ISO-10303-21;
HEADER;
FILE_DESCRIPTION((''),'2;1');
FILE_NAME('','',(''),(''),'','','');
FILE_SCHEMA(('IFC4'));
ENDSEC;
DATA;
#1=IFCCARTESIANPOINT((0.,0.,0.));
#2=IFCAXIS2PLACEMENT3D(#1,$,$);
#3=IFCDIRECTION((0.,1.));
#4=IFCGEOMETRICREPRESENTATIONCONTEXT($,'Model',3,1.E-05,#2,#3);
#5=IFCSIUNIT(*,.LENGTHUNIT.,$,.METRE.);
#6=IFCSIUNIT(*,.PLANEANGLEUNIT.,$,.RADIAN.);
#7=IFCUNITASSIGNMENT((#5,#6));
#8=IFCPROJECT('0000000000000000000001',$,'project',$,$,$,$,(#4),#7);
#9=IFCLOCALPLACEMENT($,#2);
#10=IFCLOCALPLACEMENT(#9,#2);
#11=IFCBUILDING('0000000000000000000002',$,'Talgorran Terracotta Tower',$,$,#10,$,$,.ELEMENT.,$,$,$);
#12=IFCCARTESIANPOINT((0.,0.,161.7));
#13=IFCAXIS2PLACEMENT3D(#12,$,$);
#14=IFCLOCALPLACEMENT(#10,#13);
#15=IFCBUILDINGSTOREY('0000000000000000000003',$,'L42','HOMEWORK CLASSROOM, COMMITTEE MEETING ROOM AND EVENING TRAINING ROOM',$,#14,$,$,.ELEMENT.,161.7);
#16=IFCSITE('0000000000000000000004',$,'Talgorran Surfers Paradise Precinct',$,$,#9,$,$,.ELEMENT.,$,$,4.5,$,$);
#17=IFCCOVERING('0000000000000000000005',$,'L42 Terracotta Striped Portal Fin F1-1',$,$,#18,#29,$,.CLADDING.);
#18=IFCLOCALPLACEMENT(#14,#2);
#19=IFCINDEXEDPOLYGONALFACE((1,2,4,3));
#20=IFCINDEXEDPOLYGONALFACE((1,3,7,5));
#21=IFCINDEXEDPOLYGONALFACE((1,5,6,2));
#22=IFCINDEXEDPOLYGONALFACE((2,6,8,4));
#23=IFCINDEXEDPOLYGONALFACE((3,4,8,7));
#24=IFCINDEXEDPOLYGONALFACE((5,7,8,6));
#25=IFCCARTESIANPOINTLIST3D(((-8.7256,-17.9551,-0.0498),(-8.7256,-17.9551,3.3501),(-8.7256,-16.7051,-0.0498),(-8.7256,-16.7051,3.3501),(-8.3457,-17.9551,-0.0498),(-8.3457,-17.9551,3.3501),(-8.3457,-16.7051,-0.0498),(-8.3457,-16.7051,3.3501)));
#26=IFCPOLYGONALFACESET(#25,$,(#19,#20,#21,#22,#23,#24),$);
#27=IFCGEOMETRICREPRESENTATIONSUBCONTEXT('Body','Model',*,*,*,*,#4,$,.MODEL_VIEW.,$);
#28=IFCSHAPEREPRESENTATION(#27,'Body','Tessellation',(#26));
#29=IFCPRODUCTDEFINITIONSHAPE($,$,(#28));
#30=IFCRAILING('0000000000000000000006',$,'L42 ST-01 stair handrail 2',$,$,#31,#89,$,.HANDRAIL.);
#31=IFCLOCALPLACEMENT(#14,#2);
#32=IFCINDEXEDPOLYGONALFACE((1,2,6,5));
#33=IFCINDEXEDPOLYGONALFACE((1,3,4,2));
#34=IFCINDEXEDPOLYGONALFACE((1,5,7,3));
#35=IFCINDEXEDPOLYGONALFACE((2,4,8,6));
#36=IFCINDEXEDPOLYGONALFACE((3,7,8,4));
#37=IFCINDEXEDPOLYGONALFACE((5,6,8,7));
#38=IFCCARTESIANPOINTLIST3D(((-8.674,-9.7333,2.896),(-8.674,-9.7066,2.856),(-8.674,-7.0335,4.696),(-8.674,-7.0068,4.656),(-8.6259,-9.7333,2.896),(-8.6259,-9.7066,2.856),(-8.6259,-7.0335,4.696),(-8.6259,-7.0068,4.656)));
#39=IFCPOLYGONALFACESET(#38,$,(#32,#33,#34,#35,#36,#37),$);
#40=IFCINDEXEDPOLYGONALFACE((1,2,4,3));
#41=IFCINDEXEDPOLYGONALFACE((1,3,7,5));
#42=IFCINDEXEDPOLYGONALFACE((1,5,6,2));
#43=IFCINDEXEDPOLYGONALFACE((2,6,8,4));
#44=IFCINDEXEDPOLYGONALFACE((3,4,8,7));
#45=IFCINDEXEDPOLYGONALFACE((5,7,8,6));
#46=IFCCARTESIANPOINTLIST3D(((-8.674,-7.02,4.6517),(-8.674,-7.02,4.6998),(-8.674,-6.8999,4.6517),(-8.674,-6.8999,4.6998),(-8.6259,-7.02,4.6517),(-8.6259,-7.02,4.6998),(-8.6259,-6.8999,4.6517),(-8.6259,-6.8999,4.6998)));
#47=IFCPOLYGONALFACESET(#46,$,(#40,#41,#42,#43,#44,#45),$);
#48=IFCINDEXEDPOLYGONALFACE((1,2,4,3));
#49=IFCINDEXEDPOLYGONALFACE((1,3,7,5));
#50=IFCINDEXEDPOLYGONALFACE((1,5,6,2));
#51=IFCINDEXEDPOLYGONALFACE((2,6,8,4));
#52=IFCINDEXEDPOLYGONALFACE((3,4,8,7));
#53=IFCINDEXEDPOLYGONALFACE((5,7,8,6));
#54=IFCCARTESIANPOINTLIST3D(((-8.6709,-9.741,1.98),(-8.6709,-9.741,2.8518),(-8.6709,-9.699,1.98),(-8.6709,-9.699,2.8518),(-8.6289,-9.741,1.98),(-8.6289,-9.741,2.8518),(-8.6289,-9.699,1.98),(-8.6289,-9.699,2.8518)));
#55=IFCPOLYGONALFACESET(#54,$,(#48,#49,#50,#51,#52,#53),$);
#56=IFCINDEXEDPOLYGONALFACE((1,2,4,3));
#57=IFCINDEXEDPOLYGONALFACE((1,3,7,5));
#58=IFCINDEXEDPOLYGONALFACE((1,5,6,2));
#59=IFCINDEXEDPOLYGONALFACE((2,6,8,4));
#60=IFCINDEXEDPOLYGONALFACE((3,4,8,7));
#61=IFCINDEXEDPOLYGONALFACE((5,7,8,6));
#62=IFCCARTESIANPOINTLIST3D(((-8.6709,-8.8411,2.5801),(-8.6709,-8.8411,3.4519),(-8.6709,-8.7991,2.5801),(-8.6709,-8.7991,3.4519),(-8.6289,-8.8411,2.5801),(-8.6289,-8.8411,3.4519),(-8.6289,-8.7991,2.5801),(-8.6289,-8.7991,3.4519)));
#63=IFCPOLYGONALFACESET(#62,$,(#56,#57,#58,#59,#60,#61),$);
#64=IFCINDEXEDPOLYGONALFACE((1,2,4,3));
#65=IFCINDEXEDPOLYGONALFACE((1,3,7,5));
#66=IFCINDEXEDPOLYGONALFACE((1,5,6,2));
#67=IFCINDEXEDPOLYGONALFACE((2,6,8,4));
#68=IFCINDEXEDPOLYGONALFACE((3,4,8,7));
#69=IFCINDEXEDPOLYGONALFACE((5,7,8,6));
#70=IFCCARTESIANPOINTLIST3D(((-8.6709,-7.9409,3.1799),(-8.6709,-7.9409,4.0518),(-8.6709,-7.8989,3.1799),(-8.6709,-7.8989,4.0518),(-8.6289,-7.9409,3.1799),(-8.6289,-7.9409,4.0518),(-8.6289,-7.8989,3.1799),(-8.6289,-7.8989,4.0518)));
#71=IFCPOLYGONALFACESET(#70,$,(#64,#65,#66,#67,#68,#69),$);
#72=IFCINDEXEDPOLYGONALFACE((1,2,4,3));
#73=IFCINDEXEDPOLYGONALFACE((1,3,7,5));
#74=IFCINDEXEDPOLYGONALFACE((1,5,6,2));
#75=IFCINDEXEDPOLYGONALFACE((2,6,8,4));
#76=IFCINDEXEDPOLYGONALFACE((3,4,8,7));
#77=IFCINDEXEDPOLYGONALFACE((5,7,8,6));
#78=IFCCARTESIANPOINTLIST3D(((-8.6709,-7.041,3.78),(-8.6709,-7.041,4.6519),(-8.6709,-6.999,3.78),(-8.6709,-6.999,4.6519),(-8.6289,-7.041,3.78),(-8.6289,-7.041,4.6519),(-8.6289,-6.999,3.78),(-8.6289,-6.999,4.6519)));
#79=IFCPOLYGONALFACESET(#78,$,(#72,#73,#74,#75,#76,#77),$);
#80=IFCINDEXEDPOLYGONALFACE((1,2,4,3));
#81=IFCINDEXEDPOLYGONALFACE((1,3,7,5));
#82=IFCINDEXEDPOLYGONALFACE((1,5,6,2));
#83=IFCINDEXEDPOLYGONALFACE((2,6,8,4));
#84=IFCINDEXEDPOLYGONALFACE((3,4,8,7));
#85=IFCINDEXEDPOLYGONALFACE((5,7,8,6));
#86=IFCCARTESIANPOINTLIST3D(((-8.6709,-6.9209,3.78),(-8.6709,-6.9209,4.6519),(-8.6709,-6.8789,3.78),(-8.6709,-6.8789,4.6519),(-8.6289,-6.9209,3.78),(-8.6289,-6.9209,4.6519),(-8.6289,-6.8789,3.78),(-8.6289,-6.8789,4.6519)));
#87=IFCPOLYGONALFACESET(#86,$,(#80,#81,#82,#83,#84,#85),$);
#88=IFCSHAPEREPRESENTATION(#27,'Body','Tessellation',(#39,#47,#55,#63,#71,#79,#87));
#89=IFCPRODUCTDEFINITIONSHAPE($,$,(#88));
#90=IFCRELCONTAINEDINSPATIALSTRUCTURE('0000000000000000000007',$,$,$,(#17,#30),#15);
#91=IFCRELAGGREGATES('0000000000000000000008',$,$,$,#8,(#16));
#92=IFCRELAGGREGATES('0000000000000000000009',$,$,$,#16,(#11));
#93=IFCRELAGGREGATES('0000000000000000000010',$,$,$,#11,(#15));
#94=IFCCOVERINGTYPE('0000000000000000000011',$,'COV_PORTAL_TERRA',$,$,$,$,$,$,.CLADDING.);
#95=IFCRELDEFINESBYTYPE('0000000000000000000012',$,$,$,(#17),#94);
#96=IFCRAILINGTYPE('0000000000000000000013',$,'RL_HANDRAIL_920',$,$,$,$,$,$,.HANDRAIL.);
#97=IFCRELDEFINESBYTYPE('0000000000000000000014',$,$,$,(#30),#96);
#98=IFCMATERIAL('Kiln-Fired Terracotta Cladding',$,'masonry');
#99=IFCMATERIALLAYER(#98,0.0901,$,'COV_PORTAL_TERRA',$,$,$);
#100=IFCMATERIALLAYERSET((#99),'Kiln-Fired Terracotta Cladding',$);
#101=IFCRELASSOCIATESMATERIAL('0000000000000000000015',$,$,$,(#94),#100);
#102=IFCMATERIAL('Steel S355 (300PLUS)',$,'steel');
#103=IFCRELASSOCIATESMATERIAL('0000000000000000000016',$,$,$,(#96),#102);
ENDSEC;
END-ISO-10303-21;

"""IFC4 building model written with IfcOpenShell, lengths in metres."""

from ifc_helpers import new_model, si_unit, direction, frame, origin, origin_2d, place, context, subcontext, project, spatial, rectangle, extrude, material, layer, layer_set, type_object, element, save


model = new_model("IFC4")

# Units and contexts
model_context = context("Model", 3, precision=1e-05, world=origin(), true_north=direction((0.0, 1.0)))
body_context = subcontext(model_context, "Body", "Model", "MODEL_VIEW")
ifc_project = project(units=[si_unit("LENGTHUNIT", "METRE"), si_unit("PLANEANGLEUNIT", "RADIAN")], contexts=[model_context])

# Site, building, storey
site_placement = place(None, origin())
site = spatial("IfcSite", under=ifc_project, at=site_placement, Name="Talgorran Surfers Paradise Precinct", CompositionType="ELEMENT", RefElevation=4.5)
building_placement = place(site_placement, origin())
building = spatial("IfcBuilding", under=site, at=building_placement, Name="Talgorran Terracotta Tower", CompositionType="ELEMENT")
storey_placement = place(building_placement, frame((0.0, 0.0, 161.7)))
storey = spatial("IfcBuildingStorey", under=building, at=storey_placement, Name="L42", Description="HOMEWORK CLASSROOM, COMMITTEE MEETING ROOM AND EVENING TRAINING ROOM", CompositionType="ELEMENT", Elevation=161.7)

# Covering
ifc_material_1 = material(Name="Kiln-Fired Terracotta Cladding", Category="masonry")
ifc_layer_1 = layer(ifc_material_1, 0.0901, Name="COV_PORTAL_TERRA")
ifc_layer_set_1 = layer_set([ifc_layer_1], Name="Kiln-Fired Terracotta Cladding")
covering_type_1 = type_object("IfcCoveringType", Name="COV_PORTAL_TERRA", PredefinedType="CLADDING", material=ifc_layer_set_1)
covering_1_placement = place(storey_placement, frame((-8.5356, -17.3301, -0.0498), z_axis=(0.0, 0.0, 1.0), x_axis=(1.0, 0.0, 0.0)))
element("IfcCovering", 1, at=covering_1_placement, inside=storey, type_object=covering_type_1, Name="L42 Terracotta Striped Portal Fin F1-1", PredefinedType="CLADDING", context=body_context, shape_type="SweptSolid", body=[
    extrude(rectangle(XDim=0.3799, YDim=1.25, at=origin_2d()), origin(), (0.0, 0.0, 1.0), 3.3999),
])

# Railing
ifc_material_2 = material(Name="Steel S355 (300PLUS)", Category="steel")
railing_type = type_object("IfcRailingType", Name="RL_HANDRAIL_920", PredefinedType="HANDRAIL", material=ifc_material_2)
railing_placement = place(storey_placement, frame((-8.6499, -9.72, 1.98)))
element("IfcRailing", 2, at=railing_placement, inside=storey, type_object=railing_type, Name="L42 ST-01 stair handrail 2", PredefinedType="HANDRAIL", context=body_context, shape_type="SweptSolid", body=[
    extrude(rectangle(XDim=0.0481, YDim=0.0481, at=origin_2d()), frame((0.0, 0.0, 0.896), z_axis=(0.0, 0.832039, 0.554718), x_axis=(-1.0, 0.0, 0.0)), (0.0, 0.0, 1.0), 3.2449),
    extrude(rectangle(XDim=0.0481, YDim=0.0481, at=origin_2d()), frame((0.0, 2.7, 2.6958), z_axis=(0.0, 1.0, 0.0), x_axis=(-1.0, 0.0, 0.0)), (0.0, 0.0, 1.0), 0.1201),
    extrude(rectangle(XDim=0.042, YDim=0.042, at=origin_2d()), origin(), (0.0, 0.0, 1.0), 0.8718),
    extrude(rectangle(XDim=0.042, YDim=0.042, at=origin_2d()), frame((0.0, 0.8999, 0.6001)), (0.0, 0.0, 1.0), 0.8718),
    extrude(rectangle(XDim=0.042, YDim=0.042, at=origin_2d()), frame((0.0, 1.8, 1.2)), (0.0, 0.0, 1.0), 0.8718),
    extrude(rectangle(XDim=0.042, YDim=0.042, at=origin_2d()), frame((0.0, 2.7, 1.8)), (0.0, 0.0, 1.0), 0.8718),
    extrude(rectangle(XDim=0.042, YDim=0.042, at=origin_2d()), frame((0.0, 2.8201, 1.8)), (0.0, 0.0, 1.0), 0.8718),
])

save(model, "model.ifc")
